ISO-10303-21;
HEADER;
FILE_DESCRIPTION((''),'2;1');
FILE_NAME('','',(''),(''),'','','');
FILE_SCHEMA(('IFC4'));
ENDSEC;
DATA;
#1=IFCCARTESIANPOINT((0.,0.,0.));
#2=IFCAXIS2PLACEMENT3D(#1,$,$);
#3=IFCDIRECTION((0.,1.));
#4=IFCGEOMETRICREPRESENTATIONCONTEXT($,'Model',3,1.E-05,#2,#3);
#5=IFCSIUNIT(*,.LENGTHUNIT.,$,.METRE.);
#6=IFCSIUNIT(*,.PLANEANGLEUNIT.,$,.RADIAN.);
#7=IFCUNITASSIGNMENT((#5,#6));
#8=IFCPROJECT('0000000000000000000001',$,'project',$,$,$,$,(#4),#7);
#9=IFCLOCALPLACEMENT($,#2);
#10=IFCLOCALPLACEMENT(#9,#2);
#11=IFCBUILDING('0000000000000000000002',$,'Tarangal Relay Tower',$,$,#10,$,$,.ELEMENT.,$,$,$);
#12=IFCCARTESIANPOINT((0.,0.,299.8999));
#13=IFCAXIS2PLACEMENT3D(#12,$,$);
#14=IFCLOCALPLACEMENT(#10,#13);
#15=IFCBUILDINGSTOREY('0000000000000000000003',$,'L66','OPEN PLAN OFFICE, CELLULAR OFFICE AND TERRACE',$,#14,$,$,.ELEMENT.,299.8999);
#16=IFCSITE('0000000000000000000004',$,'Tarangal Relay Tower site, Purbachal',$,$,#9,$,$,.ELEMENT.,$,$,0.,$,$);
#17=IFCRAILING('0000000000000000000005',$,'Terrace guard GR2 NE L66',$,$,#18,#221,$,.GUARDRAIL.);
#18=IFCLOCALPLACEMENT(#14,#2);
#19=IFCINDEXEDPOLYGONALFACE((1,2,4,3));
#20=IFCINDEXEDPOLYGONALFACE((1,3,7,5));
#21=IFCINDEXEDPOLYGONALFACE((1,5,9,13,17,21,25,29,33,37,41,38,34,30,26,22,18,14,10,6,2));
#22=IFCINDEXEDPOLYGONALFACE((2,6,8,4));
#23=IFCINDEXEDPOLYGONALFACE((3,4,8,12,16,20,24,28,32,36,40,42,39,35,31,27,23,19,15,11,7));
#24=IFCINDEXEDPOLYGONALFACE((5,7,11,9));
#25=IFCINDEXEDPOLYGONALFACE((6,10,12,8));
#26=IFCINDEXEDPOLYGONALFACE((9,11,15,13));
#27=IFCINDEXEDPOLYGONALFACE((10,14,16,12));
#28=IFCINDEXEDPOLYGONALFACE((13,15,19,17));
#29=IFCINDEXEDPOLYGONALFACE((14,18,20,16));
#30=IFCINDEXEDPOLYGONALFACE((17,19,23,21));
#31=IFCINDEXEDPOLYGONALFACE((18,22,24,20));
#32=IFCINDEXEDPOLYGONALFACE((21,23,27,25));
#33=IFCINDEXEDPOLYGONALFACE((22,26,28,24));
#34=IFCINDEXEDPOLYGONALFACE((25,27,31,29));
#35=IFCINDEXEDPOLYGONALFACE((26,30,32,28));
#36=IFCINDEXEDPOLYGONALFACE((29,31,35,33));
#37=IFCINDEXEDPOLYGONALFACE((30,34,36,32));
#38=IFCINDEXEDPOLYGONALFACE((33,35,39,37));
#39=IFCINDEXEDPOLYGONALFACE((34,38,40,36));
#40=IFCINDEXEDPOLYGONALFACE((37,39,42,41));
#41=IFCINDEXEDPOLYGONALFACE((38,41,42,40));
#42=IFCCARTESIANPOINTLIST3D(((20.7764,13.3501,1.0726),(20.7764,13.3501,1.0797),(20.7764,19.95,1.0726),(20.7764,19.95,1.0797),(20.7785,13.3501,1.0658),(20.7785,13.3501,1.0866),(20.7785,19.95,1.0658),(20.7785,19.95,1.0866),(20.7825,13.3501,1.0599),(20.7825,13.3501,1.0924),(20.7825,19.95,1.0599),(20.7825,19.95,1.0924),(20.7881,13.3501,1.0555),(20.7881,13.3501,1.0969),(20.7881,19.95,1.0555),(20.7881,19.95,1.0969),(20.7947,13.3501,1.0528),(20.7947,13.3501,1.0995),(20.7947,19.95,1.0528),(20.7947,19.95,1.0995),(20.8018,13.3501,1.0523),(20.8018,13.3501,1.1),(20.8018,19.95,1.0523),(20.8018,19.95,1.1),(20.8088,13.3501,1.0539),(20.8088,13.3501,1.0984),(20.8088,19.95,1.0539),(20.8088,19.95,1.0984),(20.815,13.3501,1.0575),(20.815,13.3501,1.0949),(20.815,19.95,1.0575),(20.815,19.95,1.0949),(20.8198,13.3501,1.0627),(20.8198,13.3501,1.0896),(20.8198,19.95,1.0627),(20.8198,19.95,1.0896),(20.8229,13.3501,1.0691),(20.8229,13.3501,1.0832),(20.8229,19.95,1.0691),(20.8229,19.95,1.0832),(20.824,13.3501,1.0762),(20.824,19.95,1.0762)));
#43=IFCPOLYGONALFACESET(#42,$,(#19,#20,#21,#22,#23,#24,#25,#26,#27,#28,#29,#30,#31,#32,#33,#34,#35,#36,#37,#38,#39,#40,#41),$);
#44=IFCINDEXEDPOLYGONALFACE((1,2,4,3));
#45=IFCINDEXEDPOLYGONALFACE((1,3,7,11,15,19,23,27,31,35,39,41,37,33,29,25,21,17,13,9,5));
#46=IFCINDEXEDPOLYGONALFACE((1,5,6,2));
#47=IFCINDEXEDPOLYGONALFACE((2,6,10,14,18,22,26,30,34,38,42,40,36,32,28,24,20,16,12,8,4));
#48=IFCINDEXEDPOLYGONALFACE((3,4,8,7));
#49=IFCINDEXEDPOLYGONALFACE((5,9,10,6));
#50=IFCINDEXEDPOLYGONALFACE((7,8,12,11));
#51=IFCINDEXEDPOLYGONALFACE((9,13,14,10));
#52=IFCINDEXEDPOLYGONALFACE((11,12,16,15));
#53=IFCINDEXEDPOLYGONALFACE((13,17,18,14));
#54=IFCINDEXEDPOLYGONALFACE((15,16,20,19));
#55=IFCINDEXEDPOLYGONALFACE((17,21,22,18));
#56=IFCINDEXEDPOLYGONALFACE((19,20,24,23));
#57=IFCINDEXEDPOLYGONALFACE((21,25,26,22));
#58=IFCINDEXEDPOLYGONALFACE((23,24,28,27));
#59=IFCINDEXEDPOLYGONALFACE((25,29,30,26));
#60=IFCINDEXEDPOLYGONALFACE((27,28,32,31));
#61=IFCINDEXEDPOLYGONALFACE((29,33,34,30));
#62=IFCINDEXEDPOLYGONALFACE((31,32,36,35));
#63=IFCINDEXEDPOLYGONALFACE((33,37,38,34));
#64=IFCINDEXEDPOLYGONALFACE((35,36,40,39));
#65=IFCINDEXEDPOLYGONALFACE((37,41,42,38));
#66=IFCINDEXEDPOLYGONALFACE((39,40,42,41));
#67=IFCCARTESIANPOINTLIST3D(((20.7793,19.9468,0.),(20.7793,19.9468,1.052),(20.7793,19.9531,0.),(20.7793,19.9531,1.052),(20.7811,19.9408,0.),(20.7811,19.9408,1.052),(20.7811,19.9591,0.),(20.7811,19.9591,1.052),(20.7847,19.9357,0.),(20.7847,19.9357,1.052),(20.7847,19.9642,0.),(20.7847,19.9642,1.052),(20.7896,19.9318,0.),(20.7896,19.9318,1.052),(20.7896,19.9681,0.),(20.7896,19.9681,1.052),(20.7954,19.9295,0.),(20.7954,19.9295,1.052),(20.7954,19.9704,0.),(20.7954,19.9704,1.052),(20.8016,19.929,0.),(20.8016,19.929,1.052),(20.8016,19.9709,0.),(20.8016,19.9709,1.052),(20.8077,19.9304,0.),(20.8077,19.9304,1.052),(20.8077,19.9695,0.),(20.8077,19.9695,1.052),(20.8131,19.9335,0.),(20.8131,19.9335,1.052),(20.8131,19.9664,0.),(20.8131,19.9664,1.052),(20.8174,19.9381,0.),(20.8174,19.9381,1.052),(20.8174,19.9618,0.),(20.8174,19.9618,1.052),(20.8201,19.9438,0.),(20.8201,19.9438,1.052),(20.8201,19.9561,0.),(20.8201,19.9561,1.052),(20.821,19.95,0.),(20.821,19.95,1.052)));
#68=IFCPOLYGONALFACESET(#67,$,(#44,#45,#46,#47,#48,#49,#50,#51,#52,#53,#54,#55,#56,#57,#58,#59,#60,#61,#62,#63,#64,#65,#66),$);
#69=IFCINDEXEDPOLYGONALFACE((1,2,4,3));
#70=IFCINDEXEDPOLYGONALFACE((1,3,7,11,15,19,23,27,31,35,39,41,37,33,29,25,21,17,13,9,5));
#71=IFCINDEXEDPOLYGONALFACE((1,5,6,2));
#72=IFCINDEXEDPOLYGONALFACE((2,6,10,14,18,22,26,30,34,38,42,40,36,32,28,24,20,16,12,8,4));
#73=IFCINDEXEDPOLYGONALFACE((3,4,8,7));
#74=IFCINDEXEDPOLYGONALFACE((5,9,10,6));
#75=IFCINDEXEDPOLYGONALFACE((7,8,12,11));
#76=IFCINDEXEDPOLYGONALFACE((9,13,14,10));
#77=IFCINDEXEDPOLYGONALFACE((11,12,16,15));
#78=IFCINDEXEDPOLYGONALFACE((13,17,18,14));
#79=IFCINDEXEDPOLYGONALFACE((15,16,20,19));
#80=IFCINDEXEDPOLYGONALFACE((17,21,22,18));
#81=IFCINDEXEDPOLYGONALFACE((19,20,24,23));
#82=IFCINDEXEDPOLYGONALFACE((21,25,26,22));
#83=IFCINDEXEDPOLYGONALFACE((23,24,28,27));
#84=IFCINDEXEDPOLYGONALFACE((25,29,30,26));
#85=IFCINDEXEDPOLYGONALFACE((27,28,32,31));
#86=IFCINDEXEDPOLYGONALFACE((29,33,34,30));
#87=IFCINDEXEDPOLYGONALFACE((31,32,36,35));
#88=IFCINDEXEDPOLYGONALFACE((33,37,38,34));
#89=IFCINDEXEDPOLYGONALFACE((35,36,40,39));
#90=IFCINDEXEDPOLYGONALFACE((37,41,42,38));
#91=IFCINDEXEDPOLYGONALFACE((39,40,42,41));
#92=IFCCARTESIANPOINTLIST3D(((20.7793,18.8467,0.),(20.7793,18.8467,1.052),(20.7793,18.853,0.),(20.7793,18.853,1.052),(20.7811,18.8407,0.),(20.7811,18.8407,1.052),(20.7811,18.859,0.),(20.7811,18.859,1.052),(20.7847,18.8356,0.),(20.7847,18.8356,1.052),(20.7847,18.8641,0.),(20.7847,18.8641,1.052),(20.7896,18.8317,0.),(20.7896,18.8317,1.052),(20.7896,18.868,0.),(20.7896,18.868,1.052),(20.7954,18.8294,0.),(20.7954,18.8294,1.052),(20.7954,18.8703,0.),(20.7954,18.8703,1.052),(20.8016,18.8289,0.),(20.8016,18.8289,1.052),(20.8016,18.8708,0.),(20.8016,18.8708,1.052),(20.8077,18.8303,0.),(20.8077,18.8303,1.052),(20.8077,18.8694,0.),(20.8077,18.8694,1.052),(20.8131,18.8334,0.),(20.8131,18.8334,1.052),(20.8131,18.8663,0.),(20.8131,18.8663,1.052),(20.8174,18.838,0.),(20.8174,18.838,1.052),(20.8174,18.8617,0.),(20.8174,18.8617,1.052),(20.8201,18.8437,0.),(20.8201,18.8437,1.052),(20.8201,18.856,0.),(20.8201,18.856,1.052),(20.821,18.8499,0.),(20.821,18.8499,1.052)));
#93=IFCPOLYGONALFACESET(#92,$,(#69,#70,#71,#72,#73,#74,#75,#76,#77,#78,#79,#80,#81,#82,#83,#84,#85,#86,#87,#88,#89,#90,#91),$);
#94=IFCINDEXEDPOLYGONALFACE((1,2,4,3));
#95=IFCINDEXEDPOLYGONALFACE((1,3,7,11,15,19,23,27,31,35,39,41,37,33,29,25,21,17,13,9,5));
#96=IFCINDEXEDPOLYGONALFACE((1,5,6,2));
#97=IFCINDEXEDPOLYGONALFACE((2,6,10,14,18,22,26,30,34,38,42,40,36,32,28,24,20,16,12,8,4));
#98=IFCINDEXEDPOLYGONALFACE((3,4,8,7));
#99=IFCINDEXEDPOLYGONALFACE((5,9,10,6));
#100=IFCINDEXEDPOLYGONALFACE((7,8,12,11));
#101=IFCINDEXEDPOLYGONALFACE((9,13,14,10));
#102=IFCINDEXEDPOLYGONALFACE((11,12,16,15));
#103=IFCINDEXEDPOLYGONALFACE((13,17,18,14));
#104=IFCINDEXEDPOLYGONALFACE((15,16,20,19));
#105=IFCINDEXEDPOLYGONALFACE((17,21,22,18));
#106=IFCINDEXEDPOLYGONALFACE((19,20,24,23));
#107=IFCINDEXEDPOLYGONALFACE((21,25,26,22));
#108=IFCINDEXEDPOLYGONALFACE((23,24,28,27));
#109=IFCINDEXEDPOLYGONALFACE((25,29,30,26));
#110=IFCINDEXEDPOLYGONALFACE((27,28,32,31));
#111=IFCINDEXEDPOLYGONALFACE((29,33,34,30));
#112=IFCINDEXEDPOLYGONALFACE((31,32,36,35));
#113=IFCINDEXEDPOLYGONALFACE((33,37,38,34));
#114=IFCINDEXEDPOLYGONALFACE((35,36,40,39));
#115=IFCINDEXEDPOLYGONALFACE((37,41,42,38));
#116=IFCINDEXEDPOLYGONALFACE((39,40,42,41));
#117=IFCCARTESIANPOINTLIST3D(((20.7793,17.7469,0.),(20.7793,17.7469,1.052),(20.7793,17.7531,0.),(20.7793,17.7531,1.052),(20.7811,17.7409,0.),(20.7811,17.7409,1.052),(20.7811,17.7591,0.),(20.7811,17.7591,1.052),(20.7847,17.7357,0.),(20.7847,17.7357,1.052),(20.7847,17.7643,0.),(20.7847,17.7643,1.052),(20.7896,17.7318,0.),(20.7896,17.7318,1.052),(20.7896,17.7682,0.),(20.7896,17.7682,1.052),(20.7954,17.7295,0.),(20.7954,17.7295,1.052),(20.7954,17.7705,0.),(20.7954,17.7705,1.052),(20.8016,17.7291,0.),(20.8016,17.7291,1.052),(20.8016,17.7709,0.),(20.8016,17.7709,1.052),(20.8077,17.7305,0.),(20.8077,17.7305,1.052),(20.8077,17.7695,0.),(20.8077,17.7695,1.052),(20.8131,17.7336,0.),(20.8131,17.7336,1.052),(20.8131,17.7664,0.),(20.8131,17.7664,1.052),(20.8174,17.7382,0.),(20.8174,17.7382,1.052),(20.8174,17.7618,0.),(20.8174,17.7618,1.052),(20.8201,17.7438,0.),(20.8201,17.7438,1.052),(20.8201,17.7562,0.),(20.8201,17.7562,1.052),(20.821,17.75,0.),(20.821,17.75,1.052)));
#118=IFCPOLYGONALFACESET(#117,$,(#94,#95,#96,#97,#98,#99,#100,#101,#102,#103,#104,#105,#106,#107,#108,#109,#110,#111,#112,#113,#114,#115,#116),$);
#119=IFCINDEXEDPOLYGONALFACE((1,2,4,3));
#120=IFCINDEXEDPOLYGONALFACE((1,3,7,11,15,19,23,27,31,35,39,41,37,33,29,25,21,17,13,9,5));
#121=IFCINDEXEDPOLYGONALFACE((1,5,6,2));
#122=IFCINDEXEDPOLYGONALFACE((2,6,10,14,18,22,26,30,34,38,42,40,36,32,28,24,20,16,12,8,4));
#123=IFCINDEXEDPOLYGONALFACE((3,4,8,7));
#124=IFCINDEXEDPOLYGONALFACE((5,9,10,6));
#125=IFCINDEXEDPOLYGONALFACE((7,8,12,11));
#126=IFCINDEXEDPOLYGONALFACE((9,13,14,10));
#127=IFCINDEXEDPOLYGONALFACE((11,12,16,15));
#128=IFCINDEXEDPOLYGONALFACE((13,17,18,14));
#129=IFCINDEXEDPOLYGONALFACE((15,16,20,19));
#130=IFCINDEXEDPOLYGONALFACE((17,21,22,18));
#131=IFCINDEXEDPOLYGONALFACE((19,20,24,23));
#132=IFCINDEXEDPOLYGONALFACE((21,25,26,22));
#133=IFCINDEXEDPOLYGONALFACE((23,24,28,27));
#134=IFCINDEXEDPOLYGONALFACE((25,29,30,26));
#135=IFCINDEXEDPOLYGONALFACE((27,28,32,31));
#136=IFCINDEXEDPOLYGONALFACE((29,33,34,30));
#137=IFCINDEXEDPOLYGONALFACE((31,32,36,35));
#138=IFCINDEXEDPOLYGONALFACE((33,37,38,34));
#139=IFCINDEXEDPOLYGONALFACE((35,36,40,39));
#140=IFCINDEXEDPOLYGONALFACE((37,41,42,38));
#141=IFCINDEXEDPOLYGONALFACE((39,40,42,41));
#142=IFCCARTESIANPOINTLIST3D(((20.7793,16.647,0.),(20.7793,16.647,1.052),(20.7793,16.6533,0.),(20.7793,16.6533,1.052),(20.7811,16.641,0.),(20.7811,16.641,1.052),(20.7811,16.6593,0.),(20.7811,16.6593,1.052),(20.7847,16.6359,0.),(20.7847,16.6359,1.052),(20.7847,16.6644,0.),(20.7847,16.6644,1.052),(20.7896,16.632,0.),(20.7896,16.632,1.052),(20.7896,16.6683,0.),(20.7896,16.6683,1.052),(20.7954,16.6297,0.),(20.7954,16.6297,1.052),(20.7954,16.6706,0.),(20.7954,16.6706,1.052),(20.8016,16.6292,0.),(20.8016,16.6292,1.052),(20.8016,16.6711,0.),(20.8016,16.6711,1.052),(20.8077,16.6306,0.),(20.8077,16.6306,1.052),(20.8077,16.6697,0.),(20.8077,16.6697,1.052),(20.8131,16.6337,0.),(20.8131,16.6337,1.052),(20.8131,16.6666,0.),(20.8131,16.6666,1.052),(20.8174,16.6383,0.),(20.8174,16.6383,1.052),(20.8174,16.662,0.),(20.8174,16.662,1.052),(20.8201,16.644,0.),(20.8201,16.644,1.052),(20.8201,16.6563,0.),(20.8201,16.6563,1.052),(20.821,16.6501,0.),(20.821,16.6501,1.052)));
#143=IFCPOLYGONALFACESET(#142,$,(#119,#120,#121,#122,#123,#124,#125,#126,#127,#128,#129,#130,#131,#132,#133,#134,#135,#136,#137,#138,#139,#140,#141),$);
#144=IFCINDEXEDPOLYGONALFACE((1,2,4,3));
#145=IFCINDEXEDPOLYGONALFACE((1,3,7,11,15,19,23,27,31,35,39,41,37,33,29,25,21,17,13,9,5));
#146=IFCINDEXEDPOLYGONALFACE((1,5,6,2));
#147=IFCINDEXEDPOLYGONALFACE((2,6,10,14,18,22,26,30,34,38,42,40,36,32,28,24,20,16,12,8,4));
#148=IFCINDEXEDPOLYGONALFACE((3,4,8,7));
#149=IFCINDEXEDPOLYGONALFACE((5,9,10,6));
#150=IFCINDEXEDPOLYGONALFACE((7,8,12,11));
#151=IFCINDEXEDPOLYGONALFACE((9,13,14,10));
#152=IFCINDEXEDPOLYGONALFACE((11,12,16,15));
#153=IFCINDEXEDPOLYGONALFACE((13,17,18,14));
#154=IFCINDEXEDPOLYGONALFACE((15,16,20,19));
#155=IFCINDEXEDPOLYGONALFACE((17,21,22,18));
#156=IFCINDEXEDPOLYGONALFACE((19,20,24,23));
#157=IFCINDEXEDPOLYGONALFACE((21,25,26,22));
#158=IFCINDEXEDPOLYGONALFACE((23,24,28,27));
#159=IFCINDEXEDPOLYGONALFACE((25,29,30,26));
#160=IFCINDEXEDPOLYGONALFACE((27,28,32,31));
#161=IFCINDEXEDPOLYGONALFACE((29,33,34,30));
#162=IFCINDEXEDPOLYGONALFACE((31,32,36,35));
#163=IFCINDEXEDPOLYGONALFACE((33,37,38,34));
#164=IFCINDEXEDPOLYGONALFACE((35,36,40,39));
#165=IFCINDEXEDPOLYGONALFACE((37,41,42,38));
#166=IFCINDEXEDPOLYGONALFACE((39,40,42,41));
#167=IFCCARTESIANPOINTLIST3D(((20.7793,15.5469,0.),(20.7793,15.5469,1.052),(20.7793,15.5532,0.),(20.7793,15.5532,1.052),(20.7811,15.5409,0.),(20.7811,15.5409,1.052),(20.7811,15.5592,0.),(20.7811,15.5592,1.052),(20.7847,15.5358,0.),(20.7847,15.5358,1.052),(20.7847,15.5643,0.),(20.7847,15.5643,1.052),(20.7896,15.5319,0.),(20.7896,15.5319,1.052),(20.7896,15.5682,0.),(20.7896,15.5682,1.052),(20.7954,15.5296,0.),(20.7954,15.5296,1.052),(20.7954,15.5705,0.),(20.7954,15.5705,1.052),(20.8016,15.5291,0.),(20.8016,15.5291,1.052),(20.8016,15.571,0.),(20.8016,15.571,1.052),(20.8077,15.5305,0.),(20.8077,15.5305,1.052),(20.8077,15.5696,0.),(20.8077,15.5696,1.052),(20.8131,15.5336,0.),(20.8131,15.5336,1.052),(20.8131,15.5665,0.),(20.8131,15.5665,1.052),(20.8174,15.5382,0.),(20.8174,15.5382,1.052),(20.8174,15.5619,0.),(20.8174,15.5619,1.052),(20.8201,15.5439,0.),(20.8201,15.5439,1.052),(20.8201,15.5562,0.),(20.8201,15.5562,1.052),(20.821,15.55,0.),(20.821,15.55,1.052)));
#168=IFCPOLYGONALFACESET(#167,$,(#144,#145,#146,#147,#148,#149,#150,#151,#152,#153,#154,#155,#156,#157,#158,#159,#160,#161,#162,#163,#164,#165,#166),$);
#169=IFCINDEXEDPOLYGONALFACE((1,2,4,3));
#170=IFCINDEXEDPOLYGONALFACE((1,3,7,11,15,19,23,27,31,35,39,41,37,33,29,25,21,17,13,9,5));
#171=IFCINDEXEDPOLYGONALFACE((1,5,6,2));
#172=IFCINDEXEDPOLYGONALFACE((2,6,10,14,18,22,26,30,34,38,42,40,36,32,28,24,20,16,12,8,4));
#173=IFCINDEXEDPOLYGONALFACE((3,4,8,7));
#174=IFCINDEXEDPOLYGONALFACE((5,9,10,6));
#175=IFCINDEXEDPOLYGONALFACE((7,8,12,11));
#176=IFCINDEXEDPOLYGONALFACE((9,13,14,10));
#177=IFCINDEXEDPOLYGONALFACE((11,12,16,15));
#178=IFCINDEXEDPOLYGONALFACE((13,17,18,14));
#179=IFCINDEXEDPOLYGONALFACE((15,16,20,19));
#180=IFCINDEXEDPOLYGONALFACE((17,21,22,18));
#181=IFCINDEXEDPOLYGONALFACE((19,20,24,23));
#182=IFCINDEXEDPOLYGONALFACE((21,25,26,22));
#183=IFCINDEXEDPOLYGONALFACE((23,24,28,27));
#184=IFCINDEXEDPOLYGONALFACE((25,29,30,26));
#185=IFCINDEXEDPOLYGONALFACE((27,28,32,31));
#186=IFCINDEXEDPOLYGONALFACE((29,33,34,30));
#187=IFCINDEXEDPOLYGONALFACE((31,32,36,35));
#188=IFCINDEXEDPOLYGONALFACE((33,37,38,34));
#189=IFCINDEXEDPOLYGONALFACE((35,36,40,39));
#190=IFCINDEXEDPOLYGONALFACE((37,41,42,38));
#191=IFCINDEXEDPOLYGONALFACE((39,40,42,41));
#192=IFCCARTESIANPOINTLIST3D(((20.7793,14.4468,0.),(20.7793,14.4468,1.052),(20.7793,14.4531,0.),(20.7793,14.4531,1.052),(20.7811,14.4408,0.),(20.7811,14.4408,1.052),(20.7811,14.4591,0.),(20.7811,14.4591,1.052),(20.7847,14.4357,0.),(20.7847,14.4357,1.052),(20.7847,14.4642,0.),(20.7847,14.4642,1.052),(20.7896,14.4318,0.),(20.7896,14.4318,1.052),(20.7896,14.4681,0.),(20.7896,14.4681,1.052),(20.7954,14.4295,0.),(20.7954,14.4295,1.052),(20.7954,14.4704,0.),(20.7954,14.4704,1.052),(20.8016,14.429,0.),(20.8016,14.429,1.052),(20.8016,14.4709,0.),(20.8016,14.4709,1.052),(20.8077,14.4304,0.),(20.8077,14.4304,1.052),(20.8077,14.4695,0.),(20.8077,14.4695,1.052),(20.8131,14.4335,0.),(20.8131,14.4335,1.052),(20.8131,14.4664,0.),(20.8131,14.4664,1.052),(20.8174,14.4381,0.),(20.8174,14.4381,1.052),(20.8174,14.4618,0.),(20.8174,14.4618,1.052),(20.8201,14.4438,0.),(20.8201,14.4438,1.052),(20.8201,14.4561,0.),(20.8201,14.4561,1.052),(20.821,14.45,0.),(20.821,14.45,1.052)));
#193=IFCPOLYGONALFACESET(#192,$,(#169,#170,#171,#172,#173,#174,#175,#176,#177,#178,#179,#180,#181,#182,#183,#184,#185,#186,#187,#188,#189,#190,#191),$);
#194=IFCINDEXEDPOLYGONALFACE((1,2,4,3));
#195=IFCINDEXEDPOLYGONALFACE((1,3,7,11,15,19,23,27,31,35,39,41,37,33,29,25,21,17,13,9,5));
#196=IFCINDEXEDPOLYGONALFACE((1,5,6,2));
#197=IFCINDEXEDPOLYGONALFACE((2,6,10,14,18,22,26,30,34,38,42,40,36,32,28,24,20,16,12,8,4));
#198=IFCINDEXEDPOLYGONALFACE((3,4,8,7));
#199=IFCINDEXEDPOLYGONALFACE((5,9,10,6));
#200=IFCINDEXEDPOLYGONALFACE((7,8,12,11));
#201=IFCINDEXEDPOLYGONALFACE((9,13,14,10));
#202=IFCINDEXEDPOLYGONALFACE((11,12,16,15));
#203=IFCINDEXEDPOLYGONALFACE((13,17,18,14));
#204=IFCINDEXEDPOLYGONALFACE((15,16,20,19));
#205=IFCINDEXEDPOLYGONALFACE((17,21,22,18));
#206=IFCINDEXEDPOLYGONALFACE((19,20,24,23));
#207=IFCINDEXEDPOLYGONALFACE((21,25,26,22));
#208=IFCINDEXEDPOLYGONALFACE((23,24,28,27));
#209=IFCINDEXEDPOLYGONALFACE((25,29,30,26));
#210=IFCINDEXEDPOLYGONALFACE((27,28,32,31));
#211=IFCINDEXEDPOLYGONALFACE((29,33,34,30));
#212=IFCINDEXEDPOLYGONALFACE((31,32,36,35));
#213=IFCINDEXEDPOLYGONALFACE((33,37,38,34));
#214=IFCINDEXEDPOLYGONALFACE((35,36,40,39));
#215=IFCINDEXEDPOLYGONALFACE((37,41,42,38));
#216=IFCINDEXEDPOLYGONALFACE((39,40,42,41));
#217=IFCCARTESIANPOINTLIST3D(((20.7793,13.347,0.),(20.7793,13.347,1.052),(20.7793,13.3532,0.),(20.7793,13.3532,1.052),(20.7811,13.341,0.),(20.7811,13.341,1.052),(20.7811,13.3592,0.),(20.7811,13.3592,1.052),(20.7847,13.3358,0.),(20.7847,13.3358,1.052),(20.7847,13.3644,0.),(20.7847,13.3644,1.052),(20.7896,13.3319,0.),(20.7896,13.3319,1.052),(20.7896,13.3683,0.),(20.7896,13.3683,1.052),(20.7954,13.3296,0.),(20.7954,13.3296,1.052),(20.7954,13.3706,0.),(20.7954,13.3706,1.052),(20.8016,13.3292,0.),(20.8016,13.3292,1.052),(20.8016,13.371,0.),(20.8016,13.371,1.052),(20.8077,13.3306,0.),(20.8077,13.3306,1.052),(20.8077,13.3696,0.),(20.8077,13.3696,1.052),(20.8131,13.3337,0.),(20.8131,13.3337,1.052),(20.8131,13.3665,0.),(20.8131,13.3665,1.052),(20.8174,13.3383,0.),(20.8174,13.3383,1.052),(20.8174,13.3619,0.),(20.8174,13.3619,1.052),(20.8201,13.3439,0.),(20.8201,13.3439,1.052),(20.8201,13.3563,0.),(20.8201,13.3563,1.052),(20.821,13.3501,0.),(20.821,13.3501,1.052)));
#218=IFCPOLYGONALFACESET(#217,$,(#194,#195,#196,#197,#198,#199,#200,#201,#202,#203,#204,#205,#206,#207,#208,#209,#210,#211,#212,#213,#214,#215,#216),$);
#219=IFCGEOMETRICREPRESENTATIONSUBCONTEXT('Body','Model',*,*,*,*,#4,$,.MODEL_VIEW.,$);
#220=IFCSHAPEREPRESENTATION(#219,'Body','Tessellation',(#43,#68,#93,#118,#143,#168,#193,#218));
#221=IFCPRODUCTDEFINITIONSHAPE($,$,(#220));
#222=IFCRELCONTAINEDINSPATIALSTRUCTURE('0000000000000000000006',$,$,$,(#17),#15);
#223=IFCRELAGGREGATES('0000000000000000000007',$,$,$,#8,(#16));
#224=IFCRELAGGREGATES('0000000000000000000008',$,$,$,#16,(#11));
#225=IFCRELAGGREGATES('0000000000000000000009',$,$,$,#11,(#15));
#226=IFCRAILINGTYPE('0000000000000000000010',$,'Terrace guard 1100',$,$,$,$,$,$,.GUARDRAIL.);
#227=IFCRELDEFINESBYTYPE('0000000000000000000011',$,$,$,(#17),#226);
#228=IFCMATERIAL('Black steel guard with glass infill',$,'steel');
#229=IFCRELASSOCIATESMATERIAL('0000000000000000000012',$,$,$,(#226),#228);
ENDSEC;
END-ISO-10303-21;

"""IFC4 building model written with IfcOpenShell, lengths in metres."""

from ifc_helpers import new_model, si_unit, direction, frame, origin, origin_2d, place, context, subcontext, project, spatial, circle, extrude, material, type_object, element, save


model = new_model("IFC4")

# Units and contexts
model_context = context("Model", 3, precision=1e-05, world=origin(), true_north=direction((0.0, 1.0)))
body_context = subcontext(model_context, "Body", "Model", "MODEL_VIEW")
ifc_project = project(units=[si_unit("LENGTHUNIT", "METRE"), si_unit("PLANEANGLEUNIT", "RADIAN")], contexts=[model_context])

# Site, building, storey
site_placement = place(None, origin())
site = spatial("IfcSite", under=ifc_project, at=site_placement, Name="Tarangal Relay Tower site, Purbachal", CompositionType="ELEMENT", RefElevation=0.0)
building_placement = place(site_placement, origin())
building = spatial("IfcBuilding", under=site, at=building_placement, Name="Tarangal Relay Tower", CompositionType="ELEMENT")
storey_placement = place(building_placement, frame((0.0, 0.0, 299.8999)))
storey = spatial("IfcBuildingStorey", under=building, at=storey_placement, Name="L66", Description="OPEN PLAN OFFICE, CELLULAR OFFICE AND TERRACE", CompositionType="ELEMENT", Elevation=299.8999)

# Railing
ifc_material_1 = material(Name="Black steel guard with glass infill", Category="steel")
railing_type = type_object("IfcRailingType", Name="Terrace guard 1100", PredefinedType="GUARDRAIL", material=ifc_material_1)
railing_1_placement = place(storey_placement, frame((20.8, 19.95, 0.0)))
element("IfcRailing", 1, at=railing_1_placement, inside=storey, type_object=railing_type, Name="Terrace guard GR2 NE L66", PredefinedType="GUARDRAIL", context=body_context, shape_type="SweptSolid", body=[
    extrude(circle(Radius=0.0239, at=origin_2d()), frame((0.0, 0.0, 1.0762), z_axis=(0.0, -1.0, 0.0), x_axis=(1.0, 0.0, 0.0)), (0.0, 0.0, 1.0), 6.5999),
    extrude(circle(Radius=0.021, at=origin_2d()), origin(), (0.0, 0.0, 1.0), 1.052),
    extrude(circle(Radius=0.021, at=origin_2d()), frame((0.0, -1.1001, 0.0)), (0.0, 0.0, 1.0), 1.052),
    extrude(circle(Radius=0.021, at=origin_2d()), frame((0.0, -2.2, 0.0)), (0.0, 0.0, 1.0), 1.052),
    extrude(circle(Radius=0.021, at=origin_2d()), frame((0.0, -3.2998, 0.0)), (0.0, 0.0, 1.0), 1.052),
    extrude(circle(Radius=0.021, at=origin_2d()), frame((0.0, -4.3999, 0.0)), (0.0, 0.0, 1.0), 1.052),
    extrude(circle(Radius=0.021, at=origin_2d()), frame((0.0, -5.5, 0.0)), (0.0, 0.0, 1.0), 1.052),
    extrude(circle(Radius=0.021, at=origin_2d()), frame((0.0, -6.5999, 0.0)), (0.0, 0.0, 1.0), 1.052),
])

save(model, "model.ifc")
